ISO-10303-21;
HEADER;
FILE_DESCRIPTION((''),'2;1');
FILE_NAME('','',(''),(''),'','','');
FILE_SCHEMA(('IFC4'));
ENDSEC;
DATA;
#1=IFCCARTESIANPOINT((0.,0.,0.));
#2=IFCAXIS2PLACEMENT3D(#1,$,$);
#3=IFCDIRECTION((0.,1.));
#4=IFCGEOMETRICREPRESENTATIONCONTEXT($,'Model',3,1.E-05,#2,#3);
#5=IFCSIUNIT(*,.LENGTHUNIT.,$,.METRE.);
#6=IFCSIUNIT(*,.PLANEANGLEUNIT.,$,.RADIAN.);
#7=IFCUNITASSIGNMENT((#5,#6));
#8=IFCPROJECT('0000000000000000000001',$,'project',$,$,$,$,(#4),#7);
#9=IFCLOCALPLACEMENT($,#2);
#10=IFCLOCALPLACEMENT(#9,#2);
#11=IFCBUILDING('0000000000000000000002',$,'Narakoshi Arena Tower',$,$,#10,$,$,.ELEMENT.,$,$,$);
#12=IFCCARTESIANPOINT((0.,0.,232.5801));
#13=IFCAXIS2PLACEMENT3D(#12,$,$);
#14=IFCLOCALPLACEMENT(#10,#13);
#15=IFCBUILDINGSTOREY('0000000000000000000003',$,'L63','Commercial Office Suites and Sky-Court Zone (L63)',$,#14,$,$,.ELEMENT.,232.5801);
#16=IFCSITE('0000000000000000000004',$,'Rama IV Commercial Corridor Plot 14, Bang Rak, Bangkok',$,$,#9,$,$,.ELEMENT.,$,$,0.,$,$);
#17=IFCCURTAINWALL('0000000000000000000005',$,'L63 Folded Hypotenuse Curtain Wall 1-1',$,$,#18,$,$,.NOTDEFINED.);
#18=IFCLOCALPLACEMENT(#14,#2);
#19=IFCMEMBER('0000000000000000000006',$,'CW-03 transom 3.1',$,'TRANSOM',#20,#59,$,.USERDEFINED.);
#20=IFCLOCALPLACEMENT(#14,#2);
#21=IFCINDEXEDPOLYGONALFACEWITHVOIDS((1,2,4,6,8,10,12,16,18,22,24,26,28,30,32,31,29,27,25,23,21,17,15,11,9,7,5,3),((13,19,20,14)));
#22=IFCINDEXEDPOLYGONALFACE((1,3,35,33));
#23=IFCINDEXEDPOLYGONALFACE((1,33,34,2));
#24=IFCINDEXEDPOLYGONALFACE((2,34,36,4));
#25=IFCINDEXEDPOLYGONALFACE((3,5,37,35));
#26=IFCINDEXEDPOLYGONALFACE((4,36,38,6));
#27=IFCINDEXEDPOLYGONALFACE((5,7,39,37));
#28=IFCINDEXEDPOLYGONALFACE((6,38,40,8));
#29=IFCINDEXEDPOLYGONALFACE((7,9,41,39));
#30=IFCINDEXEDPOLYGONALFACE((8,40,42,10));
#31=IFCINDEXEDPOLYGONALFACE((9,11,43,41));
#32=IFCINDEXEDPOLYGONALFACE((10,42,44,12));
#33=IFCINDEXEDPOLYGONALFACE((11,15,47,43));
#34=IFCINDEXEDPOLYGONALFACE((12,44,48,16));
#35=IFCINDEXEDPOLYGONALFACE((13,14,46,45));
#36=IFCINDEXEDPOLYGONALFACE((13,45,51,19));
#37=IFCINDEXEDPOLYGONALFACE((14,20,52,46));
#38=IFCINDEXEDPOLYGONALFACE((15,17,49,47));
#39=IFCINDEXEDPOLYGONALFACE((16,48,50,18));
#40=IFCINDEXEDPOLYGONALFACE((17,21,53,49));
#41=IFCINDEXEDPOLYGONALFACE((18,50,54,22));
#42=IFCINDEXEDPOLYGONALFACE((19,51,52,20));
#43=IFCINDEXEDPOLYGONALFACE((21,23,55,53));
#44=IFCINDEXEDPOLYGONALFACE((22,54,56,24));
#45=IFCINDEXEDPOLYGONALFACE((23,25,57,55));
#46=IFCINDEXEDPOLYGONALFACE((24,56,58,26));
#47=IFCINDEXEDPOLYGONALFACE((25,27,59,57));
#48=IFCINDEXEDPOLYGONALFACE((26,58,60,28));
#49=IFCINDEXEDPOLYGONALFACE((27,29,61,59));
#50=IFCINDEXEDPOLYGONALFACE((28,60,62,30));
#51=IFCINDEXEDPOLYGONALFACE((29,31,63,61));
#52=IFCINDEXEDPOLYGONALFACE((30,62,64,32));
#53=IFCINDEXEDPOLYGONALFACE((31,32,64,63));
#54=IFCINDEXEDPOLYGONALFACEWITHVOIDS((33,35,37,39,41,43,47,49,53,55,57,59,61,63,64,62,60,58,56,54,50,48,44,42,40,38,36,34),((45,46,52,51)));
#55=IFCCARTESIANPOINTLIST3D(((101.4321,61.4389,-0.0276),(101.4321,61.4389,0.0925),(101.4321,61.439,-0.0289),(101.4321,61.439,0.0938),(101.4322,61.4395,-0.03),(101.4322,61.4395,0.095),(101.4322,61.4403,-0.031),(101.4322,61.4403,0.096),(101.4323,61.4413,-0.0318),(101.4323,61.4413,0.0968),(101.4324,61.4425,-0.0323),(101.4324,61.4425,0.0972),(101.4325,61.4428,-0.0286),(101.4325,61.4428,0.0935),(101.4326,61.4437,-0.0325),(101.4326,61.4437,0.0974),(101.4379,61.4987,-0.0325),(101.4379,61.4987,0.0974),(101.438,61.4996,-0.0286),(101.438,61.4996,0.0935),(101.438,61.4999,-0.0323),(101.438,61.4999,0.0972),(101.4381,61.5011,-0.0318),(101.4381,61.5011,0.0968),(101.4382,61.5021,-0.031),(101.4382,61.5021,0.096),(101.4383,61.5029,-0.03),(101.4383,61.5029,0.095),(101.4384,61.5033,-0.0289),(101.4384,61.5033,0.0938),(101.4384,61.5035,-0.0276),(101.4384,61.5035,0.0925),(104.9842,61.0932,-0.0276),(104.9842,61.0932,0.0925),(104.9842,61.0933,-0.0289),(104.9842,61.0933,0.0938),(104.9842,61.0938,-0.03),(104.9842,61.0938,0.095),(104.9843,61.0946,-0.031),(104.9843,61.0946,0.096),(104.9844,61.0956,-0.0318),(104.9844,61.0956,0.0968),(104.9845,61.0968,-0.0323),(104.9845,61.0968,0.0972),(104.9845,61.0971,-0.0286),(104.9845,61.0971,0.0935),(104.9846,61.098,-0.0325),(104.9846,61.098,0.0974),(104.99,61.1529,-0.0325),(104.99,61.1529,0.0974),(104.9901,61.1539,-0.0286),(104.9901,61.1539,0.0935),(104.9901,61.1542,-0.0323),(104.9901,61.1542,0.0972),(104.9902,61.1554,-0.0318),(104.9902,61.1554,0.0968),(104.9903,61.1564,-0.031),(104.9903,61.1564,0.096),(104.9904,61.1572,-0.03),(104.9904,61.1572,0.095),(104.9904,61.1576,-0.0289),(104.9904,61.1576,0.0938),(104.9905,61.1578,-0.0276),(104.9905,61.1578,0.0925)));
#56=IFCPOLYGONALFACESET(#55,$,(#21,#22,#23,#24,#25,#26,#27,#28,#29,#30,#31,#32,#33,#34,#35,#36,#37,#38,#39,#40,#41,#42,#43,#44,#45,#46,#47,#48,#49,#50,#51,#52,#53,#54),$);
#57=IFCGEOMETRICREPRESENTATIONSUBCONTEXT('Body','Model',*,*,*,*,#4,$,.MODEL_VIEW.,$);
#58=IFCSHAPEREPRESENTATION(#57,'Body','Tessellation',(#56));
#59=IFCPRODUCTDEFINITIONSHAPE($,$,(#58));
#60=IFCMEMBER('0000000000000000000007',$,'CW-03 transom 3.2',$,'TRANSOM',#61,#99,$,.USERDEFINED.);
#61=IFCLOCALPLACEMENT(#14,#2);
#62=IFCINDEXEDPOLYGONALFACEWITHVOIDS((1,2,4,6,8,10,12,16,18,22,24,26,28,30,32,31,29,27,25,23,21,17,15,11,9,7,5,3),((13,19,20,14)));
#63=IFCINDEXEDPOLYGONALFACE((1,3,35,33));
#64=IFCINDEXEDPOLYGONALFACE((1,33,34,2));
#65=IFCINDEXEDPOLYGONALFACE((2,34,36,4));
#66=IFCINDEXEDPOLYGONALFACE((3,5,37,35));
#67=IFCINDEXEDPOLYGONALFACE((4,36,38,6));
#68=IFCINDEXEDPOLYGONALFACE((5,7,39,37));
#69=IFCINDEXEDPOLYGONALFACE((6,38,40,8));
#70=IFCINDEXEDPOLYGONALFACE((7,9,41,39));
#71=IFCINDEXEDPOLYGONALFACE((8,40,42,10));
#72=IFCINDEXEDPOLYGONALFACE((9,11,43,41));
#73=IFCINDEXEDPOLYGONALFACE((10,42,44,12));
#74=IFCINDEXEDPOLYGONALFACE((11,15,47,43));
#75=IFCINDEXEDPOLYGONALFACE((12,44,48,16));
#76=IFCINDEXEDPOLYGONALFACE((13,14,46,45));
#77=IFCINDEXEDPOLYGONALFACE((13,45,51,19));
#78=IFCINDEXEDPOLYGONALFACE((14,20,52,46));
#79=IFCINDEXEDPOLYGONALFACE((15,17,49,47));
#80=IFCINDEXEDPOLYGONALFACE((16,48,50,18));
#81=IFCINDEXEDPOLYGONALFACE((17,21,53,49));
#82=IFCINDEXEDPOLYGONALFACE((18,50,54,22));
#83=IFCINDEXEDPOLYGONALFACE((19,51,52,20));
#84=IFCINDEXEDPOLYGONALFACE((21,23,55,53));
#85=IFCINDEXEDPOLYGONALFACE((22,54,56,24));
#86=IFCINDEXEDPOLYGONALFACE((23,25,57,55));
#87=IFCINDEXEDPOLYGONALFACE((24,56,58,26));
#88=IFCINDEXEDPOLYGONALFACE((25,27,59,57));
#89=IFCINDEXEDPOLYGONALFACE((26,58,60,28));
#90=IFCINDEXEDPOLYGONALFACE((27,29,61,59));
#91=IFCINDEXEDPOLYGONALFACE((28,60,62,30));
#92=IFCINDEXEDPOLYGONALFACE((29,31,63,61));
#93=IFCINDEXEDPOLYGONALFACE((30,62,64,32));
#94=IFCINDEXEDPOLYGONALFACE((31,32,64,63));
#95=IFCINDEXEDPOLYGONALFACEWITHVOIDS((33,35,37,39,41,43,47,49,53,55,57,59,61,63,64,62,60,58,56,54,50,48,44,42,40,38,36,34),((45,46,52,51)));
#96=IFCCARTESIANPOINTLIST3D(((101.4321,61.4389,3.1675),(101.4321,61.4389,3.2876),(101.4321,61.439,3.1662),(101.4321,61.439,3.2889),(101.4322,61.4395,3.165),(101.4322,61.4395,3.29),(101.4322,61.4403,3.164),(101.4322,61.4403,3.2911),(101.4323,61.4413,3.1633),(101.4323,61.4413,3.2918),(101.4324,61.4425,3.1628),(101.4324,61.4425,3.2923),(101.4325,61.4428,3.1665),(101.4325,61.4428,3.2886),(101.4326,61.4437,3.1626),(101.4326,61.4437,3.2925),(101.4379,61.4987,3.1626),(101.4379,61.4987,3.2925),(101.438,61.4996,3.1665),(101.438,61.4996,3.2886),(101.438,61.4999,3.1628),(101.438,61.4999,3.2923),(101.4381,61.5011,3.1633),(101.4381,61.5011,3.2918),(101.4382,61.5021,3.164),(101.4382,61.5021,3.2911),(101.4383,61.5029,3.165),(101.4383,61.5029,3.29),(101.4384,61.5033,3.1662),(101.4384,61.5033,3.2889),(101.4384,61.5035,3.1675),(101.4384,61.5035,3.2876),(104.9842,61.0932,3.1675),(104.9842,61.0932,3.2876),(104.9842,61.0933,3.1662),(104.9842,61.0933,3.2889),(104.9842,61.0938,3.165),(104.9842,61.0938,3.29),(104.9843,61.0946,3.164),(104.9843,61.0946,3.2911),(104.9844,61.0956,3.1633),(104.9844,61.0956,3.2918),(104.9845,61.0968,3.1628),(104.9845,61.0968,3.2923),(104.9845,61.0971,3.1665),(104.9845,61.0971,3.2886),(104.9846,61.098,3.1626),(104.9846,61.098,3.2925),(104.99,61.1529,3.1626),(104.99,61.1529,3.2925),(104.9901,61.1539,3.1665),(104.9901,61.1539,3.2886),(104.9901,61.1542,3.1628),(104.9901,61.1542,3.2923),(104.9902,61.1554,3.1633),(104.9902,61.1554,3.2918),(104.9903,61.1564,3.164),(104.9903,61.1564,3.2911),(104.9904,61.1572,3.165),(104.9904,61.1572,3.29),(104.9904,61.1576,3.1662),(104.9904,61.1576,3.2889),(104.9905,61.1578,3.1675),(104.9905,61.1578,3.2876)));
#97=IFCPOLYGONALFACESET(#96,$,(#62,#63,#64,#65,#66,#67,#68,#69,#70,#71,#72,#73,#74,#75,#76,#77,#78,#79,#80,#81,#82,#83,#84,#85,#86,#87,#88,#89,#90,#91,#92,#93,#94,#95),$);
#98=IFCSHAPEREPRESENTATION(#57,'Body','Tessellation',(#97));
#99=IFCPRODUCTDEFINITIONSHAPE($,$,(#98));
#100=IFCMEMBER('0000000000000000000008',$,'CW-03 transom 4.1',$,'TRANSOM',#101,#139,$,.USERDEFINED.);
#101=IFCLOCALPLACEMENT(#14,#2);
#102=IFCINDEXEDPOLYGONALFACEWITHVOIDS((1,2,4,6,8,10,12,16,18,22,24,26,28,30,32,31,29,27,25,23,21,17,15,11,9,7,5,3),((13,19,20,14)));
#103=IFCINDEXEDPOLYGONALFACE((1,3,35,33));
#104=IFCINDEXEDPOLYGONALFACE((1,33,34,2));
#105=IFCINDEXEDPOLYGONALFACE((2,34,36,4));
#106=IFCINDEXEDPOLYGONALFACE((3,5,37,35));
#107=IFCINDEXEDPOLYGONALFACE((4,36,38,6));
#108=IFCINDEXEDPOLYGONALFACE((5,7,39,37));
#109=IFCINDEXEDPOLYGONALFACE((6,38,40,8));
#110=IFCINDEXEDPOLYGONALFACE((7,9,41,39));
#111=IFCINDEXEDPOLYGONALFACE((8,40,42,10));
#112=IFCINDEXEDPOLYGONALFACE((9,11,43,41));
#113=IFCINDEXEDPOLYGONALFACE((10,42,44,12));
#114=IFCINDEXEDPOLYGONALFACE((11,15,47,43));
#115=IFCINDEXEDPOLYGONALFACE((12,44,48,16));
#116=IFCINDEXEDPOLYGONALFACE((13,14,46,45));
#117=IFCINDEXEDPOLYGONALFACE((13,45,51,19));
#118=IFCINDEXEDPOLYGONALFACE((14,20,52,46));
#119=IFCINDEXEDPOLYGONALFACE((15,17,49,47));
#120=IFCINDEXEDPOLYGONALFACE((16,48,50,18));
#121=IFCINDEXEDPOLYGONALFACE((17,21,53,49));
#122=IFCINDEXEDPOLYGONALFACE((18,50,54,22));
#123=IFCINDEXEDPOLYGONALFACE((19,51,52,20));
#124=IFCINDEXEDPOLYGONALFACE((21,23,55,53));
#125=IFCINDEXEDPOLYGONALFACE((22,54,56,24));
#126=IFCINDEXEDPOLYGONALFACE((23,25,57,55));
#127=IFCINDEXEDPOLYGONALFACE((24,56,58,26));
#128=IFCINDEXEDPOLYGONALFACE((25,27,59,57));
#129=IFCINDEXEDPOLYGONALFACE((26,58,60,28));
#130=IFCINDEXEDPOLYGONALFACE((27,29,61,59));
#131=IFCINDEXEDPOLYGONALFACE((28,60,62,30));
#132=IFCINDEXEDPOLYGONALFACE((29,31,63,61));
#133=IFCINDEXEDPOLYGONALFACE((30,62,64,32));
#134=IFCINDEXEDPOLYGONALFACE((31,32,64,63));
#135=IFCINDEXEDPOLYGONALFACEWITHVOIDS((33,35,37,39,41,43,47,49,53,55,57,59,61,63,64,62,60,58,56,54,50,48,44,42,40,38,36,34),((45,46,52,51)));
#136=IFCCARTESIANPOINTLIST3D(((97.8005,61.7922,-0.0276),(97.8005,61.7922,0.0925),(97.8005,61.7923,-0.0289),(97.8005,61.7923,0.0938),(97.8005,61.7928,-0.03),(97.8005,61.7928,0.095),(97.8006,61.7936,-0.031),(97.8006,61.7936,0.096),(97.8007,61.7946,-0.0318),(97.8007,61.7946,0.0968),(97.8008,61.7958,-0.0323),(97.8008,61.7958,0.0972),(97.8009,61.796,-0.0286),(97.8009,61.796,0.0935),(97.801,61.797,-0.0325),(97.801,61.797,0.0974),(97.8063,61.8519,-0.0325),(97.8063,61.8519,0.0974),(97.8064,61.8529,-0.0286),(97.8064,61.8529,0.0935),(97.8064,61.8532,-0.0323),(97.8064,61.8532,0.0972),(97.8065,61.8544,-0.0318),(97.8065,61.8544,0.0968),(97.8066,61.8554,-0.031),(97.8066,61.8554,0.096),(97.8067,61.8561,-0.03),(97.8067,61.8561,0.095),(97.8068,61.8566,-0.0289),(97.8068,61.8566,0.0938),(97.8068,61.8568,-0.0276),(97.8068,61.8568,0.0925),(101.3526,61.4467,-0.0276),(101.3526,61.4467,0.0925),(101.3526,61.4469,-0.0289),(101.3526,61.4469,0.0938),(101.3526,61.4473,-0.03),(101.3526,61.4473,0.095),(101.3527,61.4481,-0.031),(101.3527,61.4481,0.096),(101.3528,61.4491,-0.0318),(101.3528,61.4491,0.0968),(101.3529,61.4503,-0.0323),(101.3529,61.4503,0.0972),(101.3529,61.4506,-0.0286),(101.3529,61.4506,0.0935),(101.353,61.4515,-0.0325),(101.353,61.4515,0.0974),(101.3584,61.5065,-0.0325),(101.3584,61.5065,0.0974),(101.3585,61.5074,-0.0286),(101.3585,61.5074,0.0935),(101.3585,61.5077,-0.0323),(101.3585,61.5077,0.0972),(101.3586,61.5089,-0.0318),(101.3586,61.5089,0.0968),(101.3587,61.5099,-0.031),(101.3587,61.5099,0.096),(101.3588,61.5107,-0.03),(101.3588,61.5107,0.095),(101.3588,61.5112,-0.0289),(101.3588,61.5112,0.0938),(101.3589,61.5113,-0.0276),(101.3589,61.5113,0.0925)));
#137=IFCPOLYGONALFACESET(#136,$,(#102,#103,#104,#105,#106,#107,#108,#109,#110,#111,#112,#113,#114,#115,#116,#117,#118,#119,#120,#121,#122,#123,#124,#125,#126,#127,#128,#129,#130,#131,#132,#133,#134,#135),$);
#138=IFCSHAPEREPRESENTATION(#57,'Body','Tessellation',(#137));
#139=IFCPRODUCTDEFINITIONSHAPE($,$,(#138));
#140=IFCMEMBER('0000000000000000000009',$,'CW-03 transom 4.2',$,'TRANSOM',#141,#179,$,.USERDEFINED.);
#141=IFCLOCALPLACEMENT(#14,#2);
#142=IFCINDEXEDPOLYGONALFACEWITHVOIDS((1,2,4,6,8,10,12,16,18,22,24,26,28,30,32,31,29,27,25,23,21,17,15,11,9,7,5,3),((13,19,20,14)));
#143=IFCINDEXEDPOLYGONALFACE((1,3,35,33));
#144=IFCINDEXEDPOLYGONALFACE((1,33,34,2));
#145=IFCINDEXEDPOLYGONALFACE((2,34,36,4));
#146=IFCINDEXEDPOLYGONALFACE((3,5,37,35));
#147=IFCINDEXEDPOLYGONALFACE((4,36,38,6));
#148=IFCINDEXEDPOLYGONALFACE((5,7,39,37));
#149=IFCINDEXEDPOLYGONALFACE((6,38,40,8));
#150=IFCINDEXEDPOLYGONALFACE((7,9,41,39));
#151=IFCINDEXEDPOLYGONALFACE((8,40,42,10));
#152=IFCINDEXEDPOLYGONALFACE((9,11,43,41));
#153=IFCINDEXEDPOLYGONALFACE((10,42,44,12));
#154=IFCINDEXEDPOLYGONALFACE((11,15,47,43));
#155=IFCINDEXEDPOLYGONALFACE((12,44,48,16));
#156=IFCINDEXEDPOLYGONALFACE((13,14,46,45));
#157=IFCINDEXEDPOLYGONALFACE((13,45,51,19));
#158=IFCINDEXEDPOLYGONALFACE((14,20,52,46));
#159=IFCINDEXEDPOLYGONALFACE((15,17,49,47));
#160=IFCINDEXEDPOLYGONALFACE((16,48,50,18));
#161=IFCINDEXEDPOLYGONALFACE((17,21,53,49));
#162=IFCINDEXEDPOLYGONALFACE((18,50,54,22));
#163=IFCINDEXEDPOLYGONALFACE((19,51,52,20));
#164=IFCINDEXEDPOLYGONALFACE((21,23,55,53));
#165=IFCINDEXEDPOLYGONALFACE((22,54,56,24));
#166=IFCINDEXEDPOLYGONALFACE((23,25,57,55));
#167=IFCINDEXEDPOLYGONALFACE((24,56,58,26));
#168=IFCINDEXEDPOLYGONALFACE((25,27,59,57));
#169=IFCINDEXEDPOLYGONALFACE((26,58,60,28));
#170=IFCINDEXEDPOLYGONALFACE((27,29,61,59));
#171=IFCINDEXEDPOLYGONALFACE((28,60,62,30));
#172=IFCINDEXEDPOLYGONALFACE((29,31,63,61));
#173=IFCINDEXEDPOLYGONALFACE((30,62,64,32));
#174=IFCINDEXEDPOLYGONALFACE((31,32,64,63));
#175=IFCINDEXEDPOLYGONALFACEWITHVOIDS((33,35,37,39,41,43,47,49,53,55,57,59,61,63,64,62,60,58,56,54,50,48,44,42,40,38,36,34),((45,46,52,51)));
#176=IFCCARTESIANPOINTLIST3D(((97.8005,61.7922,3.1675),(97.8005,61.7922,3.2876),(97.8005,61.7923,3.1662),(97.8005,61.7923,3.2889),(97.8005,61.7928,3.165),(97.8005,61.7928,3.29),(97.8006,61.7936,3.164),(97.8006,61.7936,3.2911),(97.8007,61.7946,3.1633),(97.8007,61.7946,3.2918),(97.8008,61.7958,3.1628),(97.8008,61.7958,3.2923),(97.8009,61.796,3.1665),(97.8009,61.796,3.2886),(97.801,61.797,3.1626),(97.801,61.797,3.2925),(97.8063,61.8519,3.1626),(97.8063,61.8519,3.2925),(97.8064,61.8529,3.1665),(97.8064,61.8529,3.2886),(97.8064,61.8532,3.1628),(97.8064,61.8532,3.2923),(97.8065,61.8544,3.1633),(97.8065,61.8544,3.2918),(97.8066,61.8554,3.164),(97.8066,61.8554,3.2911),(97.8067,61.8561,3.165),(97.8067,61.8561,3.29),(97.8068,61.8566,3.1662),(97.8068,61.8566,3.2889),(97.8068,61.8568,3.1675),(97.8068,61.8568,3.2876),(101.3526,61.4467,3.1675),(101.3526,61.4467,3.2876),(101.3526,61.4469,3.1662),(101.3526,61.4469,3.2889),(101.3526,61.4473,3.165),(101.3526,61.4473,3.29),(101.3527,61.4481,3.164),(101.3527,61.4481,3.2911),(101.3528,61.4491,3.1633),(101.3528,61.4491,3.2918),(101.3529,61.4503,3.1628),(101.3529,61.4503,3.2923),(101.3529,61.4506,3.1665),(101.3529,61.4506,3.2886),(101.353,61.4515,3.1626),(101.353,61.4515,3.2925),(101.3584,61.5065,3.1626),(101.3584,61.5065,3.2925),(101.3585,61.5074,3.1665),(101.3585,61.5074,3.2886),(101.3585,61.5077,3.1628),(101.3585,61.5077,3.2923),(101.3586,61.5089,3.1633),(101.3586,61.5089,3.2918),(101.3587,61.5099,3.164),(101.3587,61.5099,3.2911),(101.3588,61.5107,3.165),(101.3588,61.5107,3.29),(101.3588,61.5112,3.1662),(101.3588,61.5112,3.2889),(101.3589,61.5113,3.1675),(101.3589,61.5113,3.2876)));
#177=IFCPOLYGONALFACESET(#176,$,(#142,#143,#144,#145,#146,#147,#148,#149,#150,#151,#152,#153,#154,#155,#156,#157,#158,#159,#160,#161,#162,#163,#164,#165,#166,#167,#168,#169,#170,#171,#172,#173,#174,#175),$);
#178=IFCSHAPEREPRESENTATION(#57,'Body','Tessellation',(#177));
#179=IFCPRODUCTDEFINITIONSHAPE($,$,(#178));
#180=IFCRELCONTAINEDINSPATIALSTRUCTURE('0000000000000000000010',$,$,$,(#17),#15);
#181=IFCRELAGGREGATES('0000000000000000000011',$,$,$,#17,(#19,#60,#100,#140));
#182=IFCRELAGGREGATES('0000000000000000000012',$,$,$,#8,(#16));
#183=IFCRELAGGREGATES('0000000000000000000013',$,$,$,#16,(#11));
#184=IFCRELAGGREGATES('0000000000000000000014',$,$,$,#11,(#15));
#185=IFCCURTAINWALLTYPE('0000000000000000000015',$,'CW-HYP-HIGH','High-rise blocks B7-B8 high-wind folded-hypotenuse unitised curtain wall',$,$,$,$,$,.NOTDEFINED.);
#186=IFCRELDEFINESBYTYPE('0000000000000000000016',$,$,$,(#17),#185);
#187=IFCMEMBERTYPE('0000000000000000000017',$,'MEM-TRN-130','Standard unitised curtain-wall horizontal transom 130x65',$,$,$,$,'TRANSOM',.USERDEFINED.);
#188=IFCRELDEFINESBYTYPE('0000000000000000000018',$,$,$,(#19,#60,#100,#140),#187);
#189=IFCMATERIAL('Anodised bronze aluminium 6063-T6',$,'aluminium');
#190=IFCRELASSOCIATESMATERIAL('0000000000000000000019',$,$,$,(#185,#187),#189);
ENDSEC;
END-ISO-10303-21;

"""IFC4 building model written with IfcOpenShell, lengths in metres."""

from ifc_helpers import new_model, si_unit, direction, frame, origin, origin_2d, place, context, subcontext, project, spatial, hollow_rectangle, extrude, material, material_profile, profile_set, type_object, element, aggregate, save


model = new_model("IFC4")

# Units and contexts
model_context = context("Model", 3, precision=1e-05, world=origin(), true_north=direction((0.0, 1.0)))
body_context = subcontext(model_context, "Body", "Model", "MODEL_VIEW")
ifc_project = project(units=[si_unit("LENGTHUNIT", "METRE"), si_unit("PLANEANGLEUNIT", "RADIAN")], contexts=[model_context])

# Site, building, storey
site_placement = place(None, origin())
site = spatial("IfcSite", under=ifc_project, at=site_placement, Name="Rama IV Commercial Corridor Plot 14, Bang Rak, Bangkok", CompositionType="ELEMENT", RefElevation=0.0)
building_placement = place(site_placement, origin())
building = spatial("IfcBuilding", under=site, at=building_placement, Name="Narakoshi Arena Tower", CompositionType="ELEMENT")
storey_placement = place(building_placement, frame((0.0, 0.0, 232.5801)))
storey = spatial("IfcBuildingStorey", under=building, at=storey_placement, Name="L63", Description="Commercial Office Suites and Sky-Court Zone (L63)", CompositionType="ELEMENT", Elevation=232.5801)

# Curtain wall, members
ifc_material_1 = material(Name="Anodised bronze aluminium 6063-T6", Category="aluminium")
curtain_wall_type = type_object("IfcCurtainWallType", Name="CW-HYP-HIGH", Description="High-rise blocks B7-B8 high-wind folded-hypotenuse unitised curtain wall", PredefinedType="NOTDEFINED", material=ifc_material_1)
curtain_wall_placement = place(storey_placement, origin())
curtain_wall = element("IfcCurtainWall", 1, at=curtain_wall_placement, inside=storey, type_object=curtain_wall_type, Name="L63 Folded Hypotenuse Curtain Wall 1-1", PredefinedType="NOTDEFINED")
ifc_material_profile_1 = material_profile(ifc_material_1, hollow_rectangle(XDim=0.0649, YDim=0.1299, WallThickness=0.0039, OuterFilletRadius=0.0049, at=origin_2d()), Name="TRN130x65x4")
ifc_profile_set_1 = profile_set([ifc_material_profile_1], Name="Anodised bronze aluminium 6063-T6")
member_type_1 = type_object("IfcMemberType", Name="MEM-TRN-130", Description="Standard unitised curtain-wall horizontal transom 130x65", ElementType="TRANSOM", PredefinedType="USERDEFINED", material=ifc_profile_set_1)
member_1_placement = place(storey_placement, frame((104.9873, 61.1255, 0.0325), z_axis=(-0.995297, 0.096869, 0.0), x_axis=(-0.096869, -0.995297, 0.0)))
member_1 = element("IfcMember", 2, at=member_1_placement, type_object=member_type_1, Name="CW-03 transom 3.1", ObjectType="TRANSOM", PredefinedType="USERDEFINED", context=body_context, shape_type="SweptSolid", body=[
    extrude(hollow_rectangle(XDim=0.0649, YDim=0.1299, WallThickness=0.0039, OuterFilletRadius=0.0049, at=origin_2d()), origin(), (0.0, 0.0, 1.0), 3.5688),
])
member_2_placement = place(storey_placement, frame((104.9873, 61.1255, 3.2275), z_axis=(-0.995297, 0.096869, 0.0), x_axis=(-0.096869, -0.995297, 0.0)))
member_2 = element("IfcMember", 3, at=member_2_placement, type_object=member_type_1, Name="CW-03 transom 3.2", ObjectType="TRANSOM", PredefinedType="USERDEFINED", context=body_context, shape_type="SweptSolid", body=[
    extrude(hollow_rectangle(XDim=0.0649, YDim=0.1299, WallThickness=0.0039, OuterFilletRadius=0.0049, at=origin_2d()), origin(), (0.0, 0.0, 1.0), 3.5688),
])
member_3_placement = place(storey_placement, frame((101.3557, 61.479, 0.0325), z_axis=(-0.995304, 0.096801, 0.0), x_axis=(-0.096801, -0.995304, 0.0)))
member_3 = element("IfcMember", 4, at=member_3_placement, type_object=member_type_1, Name="CW-03 transom 4.1", ObjectType="TRANSOM", PredefinedType="USERDEFINED", context=body_context, shape_type="SweptSolid", body=[
    extrude(hollow_rectangle(XDim=0.0649, YDim=0.1299, WallThickness=0.0039, OuterFilletRadius=0.0049, at=origin_2d()), origin(), (0.0, 0.0, 1.0), 3.5688),
])
member_4_placement = place(storey_placement, frame((101.3557, 61.479, 3.2275), z_axis=(-0.995304, 0.096801, 0.0), x_axis=(-0.096801, -0.995304, 0.0)))
member_4 = element("IfcMember", 5, at=member_4_placement, type_object=member_type_1, Name="CW-03 transom 4.2", ObjectType="TRANSOM", PredefinedType="USERDEFINED", context=body_context, shape_type="SweptSolid", body=[
    extrude(hollow_rectangle(XDim=0.0649, YDim=0.1299, WallThickness=0.0039, OuterFilletRadius=0.0049, at=origin_2d()), origin(), (0.0, 0.0, 1.0), 3.5688),
])
aggregate(curtain_wall, [member_1, member_2, member_3, member_4])

save(model, "model.ifc")
